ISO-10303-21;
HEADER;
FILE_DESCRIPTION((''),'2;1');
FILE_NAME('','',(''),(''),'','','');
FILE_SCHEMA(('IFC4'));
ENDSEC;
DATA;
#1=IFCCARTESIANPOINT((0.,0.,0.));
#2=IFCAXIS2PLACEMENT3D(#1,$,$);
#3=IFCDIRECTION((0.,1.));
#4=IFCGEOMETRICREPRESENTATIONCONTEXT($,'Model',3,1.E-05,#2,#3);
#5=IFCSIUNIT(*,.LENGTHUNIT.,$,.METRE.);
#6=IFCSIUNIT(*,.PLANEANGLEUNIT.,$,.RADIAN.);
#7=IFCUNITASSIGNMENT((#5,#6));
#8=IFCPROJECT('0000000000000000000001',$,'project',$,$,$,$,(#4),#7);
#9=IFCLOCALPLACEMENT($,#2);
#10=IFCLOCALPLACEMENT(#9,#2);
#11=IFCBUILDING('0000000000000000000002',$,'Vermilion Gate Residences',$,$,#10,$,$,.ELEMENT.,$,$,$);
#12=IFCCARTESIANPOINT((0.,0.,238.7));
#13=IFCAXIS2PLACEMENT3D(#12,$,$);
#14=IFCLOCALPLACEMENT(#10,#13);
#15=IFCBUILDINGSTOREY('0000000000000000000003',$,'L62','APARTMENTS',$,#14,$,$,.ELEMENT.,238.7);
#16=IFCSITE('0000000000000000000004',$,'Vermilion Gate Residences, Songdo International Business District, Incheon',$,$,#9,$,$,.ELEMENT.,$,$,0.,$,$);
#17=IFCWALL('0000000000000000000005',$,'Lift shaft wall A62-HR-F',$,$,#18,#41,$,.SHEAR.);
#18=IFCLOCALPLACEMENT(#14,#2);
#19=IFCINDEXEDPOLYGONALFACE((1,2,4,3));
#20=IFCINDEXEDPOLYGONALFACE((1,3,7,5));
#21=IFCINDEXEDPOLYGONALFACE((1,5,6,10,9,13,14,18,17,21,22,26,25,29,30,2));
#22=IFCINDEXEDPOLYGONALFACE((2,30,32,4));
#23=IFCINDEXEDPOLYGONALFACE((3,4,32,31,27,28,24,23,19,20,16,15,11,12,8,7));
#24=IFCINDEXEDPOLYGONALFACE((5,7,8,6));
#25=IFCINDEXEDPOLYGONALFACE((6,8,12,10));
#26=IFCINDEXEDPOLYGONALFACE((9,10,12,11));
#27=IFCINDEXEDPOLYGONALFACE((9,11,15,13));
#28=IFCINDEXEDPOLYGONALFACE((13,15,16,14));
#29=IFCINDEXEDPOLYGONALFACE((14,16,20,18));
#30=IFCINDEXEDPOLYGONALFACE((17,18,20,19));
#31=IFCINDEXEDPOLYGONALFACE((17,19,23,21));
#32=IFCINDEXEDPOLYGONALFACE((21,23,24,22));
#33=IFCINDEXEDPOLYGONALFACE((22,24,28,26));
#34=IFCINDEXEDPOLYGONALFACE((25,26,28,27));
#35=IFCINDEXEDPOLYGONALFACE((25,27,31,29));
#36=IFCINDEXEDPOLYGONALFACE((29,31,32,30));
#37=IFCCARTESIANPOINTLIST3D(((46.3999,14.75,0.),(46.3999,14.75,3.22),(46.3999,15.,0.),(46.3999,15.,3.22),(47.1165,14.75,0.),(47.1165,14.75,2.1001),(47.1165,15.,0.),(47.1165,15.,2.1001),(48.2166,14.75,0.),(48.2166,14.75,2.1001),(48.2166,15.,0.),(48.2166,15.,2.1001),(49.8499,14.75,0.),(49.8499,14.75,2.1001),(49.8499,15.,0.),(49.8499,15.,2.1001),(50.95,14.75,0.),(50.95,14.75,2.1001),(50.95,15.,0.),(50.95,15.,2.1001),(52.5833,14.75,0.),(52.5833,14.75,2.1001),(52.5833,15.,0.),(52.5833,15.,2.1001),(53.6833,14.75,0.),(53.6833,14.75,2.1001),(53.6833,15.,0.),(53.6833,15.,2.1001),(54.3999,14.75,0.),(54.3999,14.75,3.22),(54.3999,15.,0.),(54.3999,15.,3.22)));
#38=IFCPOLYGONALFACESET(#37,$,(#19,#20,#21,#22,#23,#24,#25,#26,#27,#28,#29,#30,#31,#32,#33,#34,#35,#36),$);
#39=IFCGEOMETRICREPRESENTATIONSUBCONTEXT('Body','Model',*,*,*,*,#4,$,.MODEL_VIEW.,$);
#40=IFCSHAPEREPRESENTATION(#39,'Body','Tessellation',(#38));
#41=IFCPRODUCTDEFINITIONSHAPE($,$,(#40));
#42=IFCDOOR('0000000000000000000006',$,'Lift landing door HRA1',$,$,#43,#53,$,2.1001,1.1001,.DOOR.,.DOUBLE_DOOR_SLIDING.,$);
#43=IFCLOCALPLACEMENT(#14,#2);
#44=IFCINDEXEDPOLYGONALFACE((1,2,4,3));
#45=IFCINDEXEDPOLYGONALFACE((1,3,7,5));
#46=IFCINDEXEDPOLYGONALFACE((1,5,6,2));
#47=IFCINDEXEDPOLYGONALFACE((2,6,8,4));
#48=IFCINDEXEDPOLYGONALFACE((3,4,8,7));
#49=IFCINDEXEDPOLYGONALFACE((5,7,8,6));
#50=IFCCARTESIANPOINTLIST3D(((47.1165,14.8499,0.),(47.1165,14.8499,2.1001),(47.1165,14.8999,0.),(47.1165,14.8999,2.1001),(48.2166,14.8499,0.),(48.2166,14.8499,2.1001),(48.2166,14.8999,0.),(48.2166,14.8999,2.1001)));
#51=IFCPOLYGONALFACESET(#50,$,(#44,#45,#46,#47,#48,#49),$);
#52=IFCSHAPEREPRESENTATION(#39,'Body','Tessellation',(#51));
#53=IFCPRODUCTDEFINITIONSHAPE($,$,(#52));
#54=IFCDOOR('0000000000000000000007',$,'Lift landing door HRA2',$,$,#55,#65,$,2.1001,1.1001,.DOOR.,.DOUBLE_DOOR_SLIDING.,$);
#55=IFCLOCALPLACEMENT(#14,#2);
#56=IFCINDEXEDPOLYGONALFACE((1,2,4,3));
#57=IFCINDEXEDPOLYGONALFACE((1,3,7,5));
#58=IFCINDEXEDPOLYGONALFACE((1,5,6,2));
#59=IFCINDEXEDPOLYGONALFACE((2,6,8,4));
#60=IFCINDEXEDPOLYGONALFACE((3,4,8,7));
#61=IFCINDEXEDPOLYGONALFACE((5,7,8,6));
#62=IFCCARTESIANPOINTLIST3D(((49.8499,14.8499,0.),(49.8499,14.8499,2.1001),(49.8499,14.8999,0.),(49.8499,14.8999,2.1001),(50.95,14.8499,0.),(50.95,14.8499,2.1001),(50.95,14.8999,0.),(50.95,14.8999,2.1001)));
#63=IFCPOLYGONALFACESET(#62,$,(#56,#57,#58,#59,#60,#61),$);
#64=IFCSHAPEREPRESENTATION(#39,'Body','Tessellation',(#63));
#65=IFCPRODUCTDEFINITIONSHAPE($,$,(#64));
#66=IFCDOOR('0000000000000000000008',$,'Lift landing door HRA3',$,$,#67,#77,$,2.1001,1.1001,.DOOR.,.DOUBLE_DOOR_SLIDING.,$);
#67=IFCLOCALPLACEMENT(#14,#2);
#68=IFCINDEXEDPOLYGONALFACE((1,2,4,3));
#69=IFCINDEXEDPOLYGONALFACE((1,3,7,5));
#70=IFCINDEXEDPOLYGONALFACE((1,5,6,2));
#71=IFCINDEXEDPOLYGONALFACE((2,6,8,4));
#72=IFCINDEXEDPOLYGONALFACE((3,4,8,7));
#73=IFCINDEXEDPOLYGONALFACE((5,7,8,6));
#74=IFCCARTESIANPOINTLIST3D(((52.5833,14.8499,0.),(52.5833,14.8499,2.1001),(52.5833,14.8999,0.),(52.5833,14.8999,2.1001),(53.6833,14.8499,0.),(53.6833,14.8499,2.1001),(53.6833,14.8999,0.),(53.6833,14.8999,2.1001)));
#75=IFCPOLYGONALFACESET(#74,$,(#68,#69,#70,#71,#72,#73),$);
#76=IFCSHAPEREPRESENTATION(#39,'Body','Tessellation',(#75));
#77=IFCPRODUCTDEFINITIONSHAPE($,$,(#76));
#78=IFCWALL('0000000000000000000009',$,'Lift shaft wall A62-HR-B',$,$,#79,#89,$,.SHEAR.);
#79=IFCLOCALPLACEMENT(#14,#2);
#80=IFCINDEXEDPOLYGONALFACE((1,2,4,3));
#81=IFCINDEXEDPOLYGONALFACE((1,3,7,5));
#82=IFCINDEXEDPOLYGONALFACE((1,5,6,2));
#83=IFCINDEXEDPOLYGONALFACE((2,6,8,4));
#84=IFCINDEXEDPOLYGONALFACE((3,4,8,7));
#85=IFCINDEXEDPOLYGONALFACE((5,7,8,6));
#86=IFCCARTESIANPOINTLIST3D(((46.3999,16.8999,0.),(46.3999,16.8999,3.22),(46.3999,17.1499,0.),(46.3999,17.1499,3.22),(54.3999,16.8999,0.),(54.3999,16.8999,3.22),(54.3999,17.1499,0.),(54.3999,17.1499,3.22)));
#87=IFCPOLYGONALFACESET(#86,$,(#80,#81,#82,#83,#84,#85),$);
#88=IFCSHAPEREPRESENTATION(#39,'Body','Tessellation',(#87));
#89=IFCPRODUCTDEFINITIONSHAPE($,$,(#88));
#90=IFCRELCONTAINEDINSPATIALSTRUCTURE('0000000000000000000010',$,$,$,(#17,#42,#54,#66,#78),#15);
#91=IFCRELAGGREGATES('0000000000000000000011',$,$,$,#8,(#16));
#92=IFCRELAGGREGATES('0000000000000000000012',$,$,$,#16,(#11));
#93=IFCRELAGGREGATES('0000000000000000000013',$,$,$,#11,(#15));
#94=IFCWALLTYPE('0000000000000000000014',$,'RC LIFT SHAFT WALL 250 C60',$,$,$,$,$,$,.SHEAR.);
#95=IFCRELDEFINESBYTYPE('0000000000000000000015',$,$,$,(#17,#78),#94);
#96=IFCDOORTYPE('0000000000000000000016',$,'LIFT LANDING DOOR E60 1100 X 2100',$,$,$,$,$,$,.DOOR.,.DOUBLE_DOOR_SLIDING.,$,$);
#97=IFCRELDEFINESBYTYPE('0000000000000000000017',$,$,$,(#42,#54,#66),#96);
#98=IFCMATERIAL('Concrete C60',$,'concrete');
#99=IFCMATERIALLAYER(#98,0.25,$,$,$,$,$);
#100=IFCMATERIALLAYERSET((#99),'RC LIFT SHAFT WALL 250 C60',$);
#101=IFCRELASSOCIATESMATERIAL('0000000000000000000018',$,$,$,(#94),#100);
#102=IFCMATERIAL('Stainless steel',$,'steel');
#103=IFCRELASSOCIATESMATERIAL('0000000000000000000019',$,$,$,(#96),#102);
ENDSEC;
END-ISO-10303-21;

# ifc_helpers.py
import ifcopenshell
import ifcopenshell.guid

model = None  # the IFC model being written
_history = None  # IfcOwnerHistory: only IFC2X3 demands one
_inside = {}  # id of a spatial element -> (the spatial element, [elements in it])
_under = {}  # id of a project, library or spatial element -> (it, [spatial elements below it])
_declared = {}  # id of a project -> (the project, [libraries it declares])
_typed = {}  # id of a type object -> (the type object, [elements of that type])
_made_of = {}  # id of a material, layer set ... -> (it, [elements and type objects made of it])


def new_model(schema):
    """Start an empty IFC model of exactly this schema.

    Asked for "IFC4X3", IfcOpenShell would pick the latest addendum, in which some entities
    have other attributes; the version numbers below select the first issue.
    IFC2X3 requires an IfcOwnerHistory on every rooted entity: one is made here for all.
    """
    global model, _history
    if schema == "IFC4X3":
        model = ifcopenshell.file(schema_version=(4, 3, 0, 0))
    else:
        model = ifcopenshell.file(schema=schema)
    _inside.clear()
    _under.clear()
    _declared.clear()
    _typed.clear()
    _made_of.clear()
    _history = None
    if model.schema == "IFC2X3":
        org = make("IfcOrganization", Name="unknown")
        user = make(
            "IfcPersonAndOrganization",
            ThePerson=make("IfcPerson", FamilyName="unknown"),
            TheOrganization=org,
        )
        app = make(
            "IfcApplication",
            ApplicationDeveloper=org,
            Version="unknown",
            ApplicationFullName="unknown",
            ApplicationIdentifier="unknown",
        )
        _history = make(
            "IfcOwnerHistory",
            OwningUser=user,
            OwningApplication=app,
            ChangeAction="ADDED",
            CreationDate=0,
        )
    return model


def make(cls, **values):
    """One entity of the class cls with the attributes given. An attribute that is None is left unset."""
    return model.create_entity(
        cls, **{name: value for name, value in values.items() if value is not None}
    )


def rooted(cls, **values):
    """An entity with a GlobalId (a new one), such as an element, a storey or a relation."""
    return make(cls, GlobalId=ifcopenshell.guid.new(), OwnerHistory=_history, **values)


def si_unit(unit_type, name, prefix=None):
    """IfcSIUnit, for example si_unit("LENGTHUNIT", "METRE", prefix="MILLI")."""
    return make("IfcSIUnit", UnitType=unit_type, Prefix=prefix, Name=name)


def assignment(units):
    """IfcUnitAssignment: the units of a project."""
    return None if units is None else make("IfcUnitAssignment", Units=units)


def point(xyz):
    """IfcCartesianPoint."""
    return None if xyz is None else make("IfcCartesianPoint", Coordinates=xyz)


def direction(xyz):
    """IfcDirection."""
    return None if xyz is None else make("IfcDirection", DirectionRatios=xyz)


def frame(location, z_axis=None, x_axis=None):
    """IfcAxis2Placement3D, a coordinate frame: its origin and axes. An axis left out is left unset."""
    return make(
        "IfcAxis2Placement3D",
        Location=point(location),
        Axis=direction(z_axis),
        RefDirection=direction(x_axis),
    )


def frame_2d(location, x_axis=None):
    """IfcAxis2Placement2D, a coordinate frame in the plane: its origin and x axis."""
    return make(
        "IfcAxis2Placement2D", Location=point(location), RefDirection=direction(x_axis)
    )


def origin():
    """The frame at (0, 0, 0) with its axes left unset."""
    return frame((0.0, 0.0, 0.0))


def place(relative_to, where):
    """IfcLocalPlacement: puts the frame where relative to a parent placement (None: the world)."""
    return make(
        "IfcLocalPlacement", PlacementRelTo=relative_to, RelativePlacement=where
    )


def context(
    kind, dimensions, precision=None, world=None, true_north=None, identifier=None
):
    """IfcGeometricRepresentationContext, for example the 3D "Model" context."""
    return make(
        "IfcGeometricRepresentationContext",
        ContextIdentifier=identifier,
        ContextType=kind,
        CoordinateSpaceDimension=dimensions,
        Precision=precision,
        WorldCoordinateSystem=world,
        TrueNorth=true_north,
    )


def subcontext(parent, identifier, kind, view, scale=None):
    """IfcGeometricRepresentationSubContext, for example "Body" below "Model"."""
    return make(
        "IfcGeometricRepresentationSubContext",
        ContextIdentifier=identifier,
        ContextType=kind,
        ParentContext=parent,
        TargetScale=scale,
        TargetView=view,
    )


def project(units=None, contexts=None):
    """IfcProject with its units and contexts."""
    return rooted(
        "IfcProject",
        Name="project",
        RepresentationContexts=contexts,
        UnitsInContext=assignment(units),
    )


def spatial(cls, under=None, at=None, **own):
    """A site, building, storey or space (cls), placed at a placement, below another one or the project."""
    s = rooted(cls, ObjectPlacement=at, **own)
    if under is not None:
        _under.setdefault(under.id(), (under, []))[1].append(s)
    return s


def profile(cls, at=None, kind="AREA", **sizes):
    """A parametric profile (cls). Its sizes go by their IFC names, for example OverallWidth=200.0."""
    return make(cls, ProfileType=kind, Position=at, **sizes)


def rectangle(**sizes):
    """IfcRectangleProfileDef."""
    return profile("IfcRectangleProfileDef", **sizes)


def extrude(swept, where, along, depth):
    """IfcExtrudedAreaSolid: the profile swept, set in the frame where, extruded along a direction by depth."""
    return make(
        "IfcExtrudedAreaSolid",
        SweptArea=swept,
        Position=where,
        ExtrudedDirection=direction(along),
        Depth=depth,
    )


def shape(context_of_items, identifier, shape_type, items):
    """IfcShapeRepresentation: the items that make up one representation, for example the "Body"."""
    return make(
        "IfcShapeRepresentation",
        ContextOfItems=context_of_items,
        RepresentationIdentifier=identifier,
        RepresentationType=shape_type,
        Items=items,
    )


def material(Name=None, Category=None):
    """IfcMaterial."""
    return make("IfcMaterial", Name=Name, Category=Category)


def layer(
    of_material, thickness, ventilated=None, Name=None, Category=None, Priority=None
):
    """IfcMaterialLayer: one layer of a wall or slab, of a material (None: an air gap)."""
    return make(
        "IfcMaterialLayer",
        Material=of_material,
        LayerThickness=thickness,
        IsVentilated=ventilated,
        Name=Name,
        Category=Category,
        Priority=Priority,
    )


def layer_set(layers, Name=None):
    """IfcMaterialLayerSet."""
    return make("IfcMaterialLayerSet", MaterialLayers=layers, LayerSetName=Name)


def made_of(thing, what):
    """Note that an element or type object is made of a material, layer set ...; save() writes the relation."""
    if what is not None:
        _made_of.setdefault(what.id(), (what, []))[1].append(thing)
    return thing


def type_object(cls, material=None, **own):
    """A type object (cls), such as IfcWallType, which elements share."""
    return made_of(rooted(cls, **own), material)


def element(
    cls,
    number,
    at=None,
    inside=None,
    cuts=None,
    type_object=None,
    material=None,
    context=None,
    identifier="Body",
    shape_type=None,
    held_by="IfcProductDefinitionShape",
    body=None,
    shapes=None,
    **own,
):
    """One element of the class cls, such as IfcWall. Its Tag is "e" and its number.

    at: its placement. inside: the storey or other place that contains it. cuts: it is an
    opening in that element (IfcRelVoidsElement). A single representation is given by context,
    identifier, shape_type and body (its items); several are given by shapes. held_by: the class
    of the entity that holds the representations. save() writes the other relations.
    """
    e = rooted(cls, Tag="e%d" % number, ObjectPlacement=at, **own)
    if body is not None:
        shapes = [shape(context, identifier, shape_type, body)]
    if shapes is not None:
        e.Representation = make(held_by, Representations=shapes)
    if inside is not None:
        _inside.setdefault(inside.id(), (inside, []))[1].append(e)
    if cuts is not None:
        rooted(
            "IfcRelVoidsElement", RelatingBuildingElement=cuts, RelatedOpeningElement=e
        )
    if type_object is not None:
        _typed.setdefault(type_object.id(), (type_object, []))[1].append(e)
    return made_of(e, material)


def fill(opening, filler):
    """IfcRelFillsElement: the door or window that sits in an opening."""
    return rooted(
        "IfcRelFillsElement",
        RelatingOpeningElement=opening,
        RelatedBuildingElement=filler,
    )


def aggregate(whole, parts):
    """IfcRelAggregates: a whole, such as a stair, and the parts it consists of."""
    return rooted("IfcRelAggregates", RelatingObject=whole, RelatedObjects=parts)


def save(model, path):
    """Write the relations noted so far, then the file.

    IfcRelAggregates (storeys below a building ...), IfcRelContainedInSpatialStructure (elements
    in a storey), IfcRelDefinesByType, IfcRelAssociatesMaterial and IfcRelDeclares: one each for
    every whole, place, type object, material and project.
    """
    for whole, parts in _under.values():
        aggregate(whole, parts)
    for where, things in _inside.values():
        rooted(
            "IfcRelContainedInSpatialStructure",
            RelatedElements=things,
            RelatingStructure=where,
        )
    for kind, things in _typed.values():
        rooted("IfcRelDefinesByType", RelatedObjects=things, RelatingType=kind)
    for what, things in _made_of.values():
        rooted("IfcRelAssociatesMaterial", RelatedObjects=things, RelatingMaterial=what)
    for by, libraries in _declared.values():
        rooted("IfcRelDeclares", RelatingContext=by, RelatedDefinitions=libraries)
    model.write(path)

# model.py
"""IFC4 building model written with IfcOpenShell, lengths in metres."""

from ifc_helpers import new_model, si_unit, direction, frame, frame_2d, origin, place, context, subcontext, project, spatial, rectangle, extrude, material, layer, layer_set, type_object, element, fill, save


model = new_model("IFC4")

# Units and contexts
model_context = context("Model", 3, precision=1e-05, world=origin(), true_north=direction((0.0, 1.0)))
body_context = subcontext(model_context, "Body", "Model", "MODEL_VIEW")
ifc_project = project(units=[si_unit("LENGTHUNIT", "METRE"), si_unit("PLANEANGLEUNIT", "RADIAN")], contexts=[model_context])

# Site, building, storey
site_placement = place(None, origin())
site = spatial("IfcSite", under=ifc_project, at=site_placement, Name="Vermilion Gate Residences, Songdo International Business District, Incheon", CompositionType="ELEMENT", RefElevation=0.0)
building_placement = place(site_placement, origin())
building = spatial("IfcBuilding", under=site, at=building_placement, Name="Vermilion Gate Residences", CompositionType="ELEMENT")
storey_placement = place(building_placement, frame((0.0, 0.0, 238.7)))
storey = spatial("IfcBuildingStorey", under=building, at=storey_placement, Name="L62", Description="APARTMENTS", CompositionType="ELEMENT", Elevation=238.7)

# Wall, openings, doors
ifc_material_1 = material(Name="Concrete C60", Category="concrete")
ifc_layer_1 = layer(ifc_material_1, 0.25)
ifc_layer_set_1 = layer_set([ifc_layer_1], Name="RC LIFT SHAFT WALL 250 C60")
wall_type_1 = type_object("IfcWallType", Name="RC LIFT SHAFT WALL 250 C60", PredefinedType="SHEAR", material=ifc_layer_set_1)
wall_1_placement = place(storey_placement, frame((46.3999, 14.875, 0.0), z_axis=(0.0, 0.0, 1.0), x_axis=(1.0, 0.0, 0.0)))
wall_1 = element("IfcWall", 1, at=wall_1_placement, inside=storey, type_object=wall_type_1, Name="Lift shaft wall A62-HR-F", PredefinedType="SHEAR", context=body_context, shape_type="SweptSolid", body=[
    extrude(rectangle(XDim=8.0, YDim=0.25, at=frame_2d((4.0, 0.0))), origin(), (0.0, 0.0, 1.0), 3.22),
])
opening_1_placement = place(wall_1_placement, frame((0.7166, 0.0, 0.0)))
opening_1 = element("IfcOpeningElement", 2, at=opening_1_placement, cuts=wall_1, PredefinedType="OPENING", context=body_context, shape_type="SweptSolid", body=[
    extrude(rectangle(XDim=1.1001, YDim=2.1001, at=frame_2d((0.55, 1.05))), frame((0.0, 0.135, 0.0), z_axis=(0.0, -1.0, 0.0), x_axis=(1.0, 0.0, 0.0)), (0.0, 0.0, 1.0), 0.27),
])
opening_2_placement = place(wall_1_placement, frame((3.45, 0.0, 0.0)))
opening_2 = element("IfcOpeningElement", 3, at=opening_2_placement, cuts=wall_1, PredefinedType="OPENING", context=body_context, shape_type="SweptSolid", body=[
    extrude(rectangle(XDim=1.1001, YDim=2.1001, at=frame_2d((0.55, 1.05))), frame((0.0, 0.135, 0.0), z_axis=(0.0, -1.0, 0.0), x_axis=(1.0, 0.0, 0.0)), (0.0, 0.0, 1.0), 0.27),
])
opening_3_placement = place(wall_1_placement, frame((6.1833, 0.0, 0.0)))
opening_3 = element("IfcOpeningElement", 4, at=opening_3_placement, cuts=wall_1, PredefinedType="OPENING", context=body_context, shape_type="SweptSolid", body=[
    extrude(rectangle(XDim=1.1001, YDim=2.1001, at=frame_2d((0.55, 1.05))), frame((0.0, 0.135, 0.0), z_axis=(0.0, -1.0, 0.0), x_axis=(1.0, 0.0, 0.0)), (0.0, 0.0, 1.0), 0.27),
])
ifc_material_2 = material(Name="Stainless steel", Category="steel")
door_type_1 = type_object("IfcDoorType", Name="LIFT LANDING DOOR E60 1100 X 2100", OperationType="DOUBLE_DOOR_SLIDING", PredefinedType="DOOR", material=ifc_material_2)
door_1_placement = place(opening_1_placement, origin())
door_1 = element("IfcDoor", 5, at=door_1_placement, inside=storey, type_object=door_type_1, Name="Lift landing door HRA1", OperationType="DOUBLE_DOOR_SLIDING", OverallHeight=2.1001, OverallWidth=1.1001, PredefinedType="DOOR", context=body_context, shape_type="SweptSolid", body=[
    extrude(rectangle(XDim=1.1001, YDim=2.1001, at=frame_2d((0.55, 1.05))), frame((0.0, 0.0249, 0.0), z_axis=(0.0, -1.0, 0.0), x_axis=(1.0, 0.0, 0.0)), (0.0, 0.0, 1.0), 0.05),
])
fill(opening_1, door_1)
door_2_placement = place(opening_2_placement, origin())
door_2 = element("IfcDoor", 6, at=door_2_placement, inside=storey, type_object=door_type_1, Name="Lift landing door HRA2", OperationType="DOUBLE_DOOR_SLIDING", OverallHeight=2.1001, OverallWidth=1.1001, PredefinedType="DOOR", context=body_context, shape_type="SweptSolid", body=[
    extrude(rectangle(XDim=1.1001, YDim=2.1001, at=frame_2d((0.55, 1.05))), frame((0.0, 0.0249, 0.0), z_axis=(0.0, -1.0, 0.0), x_axis=(1.0, 0.0, 0.0)), (0.0, 0.0, 1.0), 0.05),
])
fill(opening_2, door_2)
door_3_placement = place(opening_3_placement, origin())
door_3 = element("IfcDoor", 7, at=door_3_placement, inside=storey, type_object=door_type_1, Name="Lift landing door HRA3", OperationType="DOUBLE_DOOR_SLIDING", OverallHeight=2.1001, OverallWidth=1.1001, PredefinedType="DOOR", context=body_context, shape_type="SweptSolid", body=[
    extrude(rectangle(XDim=1.1001, YDim=2.1001, at=frame_2d((0.55, 1.05))), frame((0.0, 0.0249, 0.0), z_axis=(0.0, -1.0, 0.0), x_axis=(1.0, 0.0, 0.0)), (0.0, 0.0, 1.0), 0.05),
])
fill(opening_3, door_3)

# Wall
wall_2_placement = place(storey_placement, frame((46.3999, 17.0249, 0.0), z_axis=(0.0, 0.0, 1.0), x_axis=(1.0, 0.0, 0.0)))
element("IfcWall", 8, at=wall_2_placement, inside=storey, type_object=wall_type_1, Name="Lift shaft wall A62-HR-B", PredefinedType="SHEAR", context=body_context, shape_type="SweptSolid", body=[
    extrude(rectangle(XDim=8.0, YDim=0.25, at=frame_2d((4.0, 0.0))), origin(), (0.0, 0.0, 1.0), 3.22),
])

save(model, "model.ifc")
